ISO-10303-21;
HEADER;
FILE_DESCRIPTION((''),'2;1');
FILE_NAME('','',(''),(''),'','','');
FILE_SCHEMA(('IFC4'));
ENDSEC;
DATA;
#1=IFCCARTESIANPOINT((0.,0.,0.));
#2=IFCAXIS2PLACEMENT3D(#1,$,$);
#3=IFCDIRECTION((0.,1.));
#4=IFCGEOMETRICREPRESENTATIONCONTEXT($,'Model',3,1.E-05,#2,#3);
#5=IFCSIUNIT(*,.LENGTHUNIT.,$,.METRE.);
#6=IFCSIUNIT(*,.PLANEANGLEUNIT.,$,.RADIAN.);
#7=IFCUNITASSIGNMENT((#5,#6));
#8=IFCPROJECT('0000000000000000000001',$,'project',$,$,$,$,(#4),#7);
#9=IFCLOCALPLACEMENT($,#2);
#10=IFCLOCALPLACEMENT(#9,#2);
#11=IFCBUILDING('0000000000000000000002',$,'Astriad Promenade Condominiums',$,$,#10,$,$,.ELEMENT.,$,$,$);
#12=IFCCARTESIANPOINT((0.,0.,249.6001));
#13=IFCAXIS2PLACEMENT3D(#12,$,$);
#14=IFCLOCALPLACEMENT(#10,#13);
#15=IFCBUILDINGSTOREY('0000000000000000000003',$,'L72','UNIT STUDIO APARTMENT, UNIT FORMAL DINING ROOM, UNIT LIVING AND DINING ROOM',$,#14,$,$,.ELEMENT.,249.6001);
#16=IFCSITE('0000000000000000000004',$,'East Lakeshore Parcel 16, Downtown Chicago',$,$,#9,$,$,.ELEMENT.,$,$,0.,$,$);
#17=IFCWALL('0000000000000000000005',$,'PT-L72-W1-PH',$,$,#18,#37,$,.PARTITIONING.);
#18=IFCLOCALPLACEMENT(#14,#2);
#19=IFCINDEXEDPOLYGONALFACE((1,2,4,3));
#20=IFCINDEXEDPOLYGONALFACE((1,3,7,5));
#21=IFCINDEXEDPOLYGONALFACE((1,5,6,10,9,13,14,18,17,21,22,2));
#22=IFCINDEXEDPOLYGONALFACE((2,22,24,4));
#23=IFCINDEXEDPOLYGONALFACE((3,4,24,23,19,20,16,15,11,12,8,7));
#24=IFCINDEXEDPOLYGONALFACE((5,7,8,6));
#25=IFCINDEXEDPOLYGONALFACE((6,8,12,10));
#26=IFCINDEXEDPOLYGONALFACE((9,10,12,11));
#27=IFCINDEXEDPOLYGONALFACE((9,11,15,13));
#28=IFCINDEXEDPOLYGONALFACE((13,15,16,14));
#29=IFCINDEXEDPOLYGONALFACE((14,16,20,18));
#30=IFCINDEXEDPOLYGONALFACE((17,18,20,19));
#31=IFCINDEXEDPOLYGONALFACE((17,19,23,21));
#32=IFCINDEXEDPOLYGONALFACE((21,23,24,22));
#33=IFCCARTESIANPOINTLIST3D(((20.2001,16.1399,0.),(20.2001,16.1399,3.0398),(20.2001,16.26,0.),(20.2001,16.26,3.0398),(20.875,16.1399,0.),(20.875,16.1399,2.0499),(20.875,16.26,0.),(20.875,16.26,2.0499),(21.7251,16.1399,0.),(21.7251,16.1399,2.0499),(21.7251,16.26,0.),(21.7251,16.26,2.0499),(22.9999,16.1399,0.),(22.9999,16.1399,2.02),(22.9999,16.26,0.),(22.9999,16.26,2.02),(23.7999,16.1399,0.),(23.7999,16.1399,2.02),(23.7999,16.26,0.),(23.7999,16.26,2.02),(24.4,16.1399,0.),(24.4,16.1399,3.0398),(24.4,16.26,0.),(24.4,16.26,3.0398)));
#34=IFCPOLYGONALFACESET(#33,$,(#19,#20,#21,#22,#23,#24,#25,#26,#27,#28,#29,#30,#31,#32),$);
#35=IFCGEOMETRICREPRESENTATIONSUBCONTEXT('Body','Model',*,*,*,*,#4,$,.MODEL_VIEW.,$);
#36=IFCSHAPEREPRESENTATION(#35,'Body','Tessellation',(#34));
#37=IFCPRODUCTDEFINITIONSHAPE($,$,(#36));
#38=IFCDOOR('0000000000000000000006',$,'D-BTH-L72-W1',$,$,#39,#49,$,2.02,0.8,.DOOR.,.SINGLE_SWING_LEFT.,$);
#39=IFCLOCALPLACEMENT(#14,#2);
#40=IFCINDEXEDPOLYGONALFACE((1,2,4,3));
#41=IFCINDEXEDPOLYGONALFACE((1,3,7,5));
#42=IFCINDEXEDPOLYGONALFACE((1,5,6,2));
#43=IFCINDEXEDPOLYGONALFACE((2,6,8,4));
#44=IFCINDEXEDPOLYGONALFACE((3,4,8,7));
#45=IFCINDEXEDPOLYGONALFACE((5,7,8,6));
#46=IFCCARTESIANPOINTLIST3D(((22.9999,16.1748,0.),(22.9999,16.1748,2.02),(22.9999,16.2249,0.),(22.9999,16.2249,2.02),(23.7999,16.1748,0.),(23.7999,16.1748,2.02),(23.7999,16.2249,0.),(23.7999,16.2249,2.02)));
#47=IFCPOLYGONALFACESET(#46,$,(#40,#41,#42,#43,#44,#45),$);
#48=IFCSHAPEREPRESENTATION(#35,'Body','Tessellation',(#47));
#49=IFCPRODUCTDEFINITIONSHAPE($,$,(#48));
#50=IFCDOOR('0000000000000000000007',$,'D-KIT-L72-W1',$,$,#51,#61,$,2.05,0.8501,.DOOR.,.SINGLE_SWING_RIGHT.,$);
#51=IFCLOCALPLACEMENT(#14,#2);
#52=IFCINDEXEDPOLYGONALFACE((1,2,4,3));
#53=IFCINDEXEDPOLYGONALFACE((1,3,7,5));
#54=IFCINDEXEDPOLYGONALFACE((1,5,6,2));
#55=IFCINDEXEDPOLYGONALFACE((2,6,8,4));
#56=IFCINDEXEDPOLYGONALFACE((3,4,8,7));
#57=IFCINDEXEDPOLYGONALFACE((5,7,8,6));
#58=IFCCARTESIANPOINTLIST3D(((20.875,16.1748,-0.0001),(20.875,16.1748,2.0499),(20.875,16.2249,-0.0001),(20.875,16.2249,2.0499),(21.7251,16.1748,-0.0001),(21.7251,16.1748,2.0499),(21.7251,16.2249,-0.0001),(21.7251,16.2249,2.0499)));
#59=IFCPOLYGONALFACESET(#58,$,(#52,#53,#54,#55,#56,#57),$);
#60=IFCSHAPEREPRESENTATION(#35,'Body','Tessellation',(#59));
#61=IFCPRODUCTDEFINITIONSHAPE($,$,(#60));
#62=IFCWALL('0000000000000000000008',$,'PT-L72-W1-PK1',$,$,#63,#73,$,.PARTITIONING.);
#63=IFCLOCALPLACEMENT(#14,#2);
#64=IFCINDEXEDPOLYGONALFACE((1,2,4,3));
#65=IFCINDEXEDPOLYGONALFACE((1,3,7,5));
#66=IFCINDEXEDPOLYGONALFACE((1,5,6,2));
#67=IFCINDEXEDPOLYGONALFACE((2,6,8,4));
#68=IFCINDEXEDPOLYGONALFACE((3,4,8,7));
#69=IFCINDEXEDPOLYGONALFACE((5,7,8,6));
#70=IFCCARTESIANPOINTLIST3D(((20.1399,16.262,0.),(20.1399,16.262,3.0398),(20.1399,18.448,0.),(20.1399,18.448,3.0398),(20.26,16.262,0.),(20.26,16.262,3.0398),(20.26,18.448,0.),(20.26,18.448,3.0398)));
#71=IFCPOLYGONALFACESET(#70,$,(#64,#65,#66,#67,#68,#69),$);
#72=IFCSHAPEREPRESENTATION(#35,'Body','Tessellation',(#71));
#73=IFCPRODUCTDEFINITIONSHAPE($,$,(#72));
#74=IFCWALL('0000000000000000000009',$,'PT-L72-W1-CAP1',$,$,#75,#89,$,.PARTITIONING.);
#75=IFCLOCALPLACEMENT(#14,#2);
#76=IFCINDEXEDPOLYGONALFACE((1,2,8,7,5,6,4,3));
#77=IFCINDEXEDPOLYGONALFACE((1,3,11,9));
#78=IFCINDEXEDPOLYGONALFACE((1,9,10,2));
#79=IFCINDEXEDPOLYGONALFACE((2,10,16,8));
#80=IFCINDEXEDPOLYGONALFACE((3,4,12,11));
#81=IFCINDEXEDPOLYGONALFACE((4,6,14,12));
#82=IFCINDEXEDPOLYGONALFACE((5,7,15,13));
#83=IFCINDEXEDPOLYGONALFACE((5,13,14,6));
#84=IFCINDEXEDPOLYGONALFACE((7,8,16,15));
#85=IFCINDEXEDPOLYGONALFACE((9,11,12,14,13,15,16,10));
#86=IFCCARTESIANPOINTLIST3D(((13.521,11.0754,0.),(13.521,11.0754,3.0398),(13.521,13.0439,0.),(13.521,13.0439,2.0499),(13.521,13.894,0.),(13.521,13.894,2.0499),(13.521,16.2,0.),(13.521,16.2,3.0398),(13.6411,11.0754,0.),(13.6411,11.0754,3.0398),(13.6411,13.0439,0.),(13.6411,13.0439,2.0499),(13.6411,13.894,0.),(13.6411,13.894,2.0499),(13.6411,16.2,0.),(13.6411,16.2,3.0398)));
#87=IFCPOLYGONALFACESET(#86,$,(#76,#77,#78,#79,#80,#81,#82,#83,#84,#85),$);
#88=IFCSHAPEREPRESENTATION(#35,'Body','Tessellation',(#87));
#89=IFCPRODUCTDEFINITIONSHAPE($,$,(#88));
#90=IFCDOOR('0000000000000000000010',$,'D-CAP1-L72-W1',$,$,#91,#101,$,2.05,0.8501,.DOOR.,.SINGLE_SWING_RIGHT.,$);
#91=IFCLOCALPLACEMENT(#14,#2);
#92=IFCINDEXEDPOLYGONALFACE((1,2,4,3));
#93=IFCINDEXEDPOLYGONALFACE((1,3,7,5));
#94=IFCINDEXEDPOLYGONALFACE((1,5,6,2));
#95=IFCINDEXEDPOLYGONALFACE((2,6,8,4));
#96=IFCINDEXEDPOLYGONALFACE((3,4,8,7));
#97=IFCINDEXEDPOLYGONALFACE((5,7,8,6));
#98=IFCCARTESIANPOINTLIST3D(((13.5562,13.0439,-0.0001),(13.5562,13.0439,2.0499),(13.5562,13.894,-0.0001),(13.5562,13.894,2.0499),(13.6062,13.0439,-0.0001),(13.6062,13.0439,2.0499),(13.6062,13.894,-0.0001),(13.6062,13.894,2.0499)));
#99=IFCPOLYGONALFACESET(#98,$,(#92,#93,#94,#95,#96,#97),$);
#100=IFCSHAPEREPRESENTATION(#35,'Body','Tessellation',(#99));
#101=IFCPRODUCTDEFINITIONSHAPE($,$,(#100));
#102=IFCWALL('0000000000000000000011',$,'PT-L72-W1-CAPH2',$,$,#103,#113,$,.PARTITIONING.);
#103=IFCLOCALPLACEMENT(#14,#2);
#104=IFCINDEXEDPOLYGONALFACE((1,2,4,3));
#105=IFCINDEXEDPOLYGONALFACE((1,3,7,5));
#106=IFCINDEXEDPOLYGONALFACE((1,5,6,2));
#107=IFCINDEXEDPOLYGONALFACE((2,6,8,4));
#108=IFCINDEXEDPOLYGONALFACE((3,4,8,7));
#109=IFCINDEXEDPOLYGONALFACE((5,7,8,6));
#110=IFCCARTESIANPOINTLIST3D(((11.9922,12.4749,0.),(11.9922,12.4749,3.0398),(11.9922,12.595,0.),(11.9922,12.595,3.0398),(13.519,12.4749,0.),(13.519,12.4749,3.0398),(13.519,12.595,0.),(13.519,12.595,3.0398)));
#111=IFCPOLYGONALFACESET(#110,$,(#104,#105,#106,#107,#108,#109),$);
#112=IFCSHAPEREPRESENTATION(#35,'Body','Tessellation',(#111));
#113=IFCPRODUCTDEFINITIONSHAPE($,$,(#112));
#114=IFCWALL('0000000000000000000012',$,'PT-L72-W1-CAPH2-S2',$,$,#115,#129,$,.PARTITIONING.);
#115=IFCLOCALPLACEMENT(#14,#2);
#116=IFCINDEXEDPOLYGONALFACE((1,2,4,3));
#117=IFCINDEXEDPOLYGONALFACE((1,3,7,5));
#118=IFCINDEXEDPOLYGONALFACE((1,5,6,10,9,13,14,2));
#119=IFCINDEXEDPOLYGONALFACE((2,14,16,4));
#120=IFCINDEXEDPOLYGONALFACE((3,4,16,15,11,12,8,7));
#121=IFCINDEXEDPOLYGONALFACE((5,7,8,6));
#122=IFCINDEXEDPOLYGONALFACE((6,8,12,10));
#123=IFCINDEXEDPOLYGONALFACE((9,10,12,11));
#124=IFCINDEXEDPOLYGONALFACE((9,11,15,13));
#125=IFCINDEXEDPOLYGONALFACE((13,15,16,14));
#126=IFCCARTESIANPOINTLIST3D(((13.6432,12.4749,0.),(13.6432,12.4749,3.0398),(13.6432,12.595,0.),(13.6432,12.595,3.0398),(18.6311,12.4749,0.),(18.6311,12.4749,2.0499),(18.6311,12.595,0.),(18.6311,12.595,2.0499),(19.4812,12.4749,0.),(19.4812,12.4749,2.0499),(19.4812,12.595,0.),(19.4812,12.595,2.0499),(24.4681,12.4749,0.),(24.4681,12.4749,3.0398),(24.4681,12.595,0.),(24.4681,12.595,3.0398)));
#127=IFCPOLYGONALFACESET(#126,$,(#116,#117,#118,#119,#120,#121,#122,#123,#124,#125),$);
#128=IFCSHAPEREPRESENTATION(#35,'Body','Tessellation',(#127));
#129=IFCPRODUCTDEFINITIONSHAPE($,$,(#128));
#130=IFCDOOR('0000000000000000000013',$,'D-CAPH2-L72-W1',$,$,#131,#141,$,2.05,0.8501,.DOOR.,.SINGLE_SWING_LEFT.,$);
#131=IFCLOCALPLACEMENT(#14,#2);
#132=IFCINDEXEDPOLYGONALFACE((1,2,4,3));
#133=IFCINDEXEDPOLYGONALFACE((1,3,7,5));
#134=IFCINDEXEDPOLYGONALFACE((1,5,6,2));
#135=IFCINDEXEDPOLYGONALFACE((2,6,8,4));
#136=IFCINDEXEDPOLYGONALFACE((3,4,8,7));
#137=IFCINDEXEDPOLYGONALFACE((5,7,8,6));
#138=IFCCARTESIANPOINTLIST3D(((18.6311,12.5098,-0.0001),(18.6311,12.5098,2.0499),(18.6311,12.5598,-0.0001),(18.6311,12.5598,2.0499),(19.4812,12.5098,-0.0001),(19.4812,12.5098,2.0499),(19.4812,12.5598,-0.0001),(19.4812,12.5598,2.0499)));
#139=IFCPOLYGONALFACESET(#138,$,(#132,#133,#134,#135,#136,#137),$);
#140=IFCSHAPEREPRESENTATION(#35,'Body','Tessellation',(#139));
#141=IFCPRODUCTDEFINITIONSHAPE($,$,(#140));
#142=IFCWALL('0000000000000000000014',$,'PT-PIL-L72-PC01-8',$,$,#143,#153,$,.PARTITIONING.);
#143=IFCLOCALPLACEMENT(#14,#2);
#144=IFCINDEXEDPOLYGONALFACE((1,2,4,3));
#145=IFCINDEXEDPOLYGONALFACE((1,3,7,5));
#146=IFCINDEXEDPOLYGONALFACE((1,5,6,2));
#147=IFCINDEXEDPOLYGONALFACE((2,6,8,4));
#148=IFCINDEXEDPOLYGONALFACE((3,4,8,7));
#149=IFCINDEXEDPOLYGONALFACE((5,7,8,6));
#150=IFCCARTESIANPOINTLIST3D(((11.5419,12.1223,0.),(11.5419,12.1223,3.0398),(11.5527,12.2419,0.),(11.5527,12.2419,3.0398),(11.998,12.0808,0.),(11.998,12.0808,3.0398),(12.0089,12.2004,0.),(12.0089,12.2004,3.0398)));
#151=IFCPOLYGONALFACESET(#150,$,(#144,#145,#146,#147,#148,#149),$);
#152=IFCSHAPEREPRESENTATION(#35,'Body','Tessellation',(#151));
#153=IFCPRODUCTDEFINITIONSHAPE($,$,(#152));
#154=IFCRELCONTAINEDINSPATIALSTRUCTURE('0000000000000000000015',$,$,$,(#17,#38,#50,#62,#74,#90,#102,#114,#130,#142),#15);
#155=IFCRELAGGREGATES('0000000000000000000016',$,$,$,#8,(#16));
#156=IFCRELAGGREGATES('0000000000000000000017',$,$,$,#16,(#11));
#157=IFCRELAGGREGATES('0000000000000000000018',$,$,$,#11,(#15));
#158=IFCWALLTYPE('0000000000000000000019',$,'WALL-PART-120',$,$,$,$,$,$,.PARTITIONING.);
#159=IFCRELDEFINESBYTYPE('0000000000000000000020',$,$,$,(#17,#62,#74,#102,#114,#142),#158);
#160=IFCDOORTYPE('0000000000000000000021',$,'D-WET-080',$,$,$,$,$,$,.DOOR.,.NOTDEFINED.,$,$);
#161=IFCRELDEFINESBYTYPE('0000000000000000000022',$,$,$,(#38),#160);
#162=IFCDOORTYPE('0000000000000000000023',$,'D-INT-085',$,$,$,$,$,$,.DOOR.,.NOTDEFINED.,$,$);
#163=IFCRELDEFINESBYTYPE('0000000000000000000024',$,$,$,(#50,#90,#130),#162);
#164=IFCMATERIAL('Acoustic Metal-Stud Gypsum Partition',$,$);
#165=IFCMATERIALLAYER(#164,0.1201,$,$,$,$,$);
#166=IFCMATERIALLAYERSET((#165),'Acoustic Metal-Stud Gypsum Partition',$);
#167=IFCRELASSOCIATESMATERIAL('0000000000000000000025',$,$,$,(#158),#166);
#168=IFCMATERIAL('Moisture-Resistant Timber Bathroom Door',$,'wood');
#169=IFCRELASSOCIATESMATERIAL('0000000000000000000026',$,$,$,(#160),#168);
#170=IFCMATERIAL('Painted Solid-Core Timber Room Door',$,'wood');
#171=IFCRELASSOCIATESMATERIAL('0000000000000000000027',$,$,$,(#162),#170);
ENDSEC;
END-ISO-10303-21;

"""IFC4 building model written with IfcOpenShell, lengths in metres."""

from ifc_helpers import new_model, si_unit, direction, frame, frame_2d, origin, place, context, subcontext, project, spatial, rectangle, extrude, source, transform, mapped, material, layer, layer_set, type_object, type_shapes, element, fill, save


model = new_model("IFC4")

# Units and contexts
model_context = context("Model", 3, precision=1e-05, world=origin(), true_north=direction((0.0, 1.0)))
body_context = subcontext(model_context, "Body", "Model", "MODEL_VIEW")
ifc_project = project(units=[si_unit("LENGTHUNIT", "METRE"), si_unit("PLANEANGLEUNIT", "RADIAN")], contexts=[model_context])

# Site, building, storey
site_placement = place(None, origin())
site = spatial("IfcSite", under=ifc_project, at=site_placement, Name="East Lakeshore Parcel 16, Downtown Chicago", CompositionType="ELEMENT", RefElevation=0.0)
building_placement = place(site_placement, origin())
building = spatial("IfcBuilding", under=site, at=building_placement, Name="Astriad Promenade Condominiums", CompositionType="ELEMENT")
storey_placement = place(building_placement, frame((0.0, 0.0, 249.6001)))
storey = spatial("IfcBuildingStorey", under=building, at=storey_placement, Name="L72", Description="UNIT STUDIO APARTMENT, UNIT FORMAL DINING ROOM, UNIT LIVING AND DINING ROOM", CompositionType="ELEMENT", Elevation=249.6001)

# Wall, openings, doors
ifc_material_1 = material(Name="Acoustic Metal-Stud Gypsum Partition")
ifc_layer_1 = layer(ifc_material_1, 0.1201)
ifc_layer_set_1 = layer_set([ifc_layer_1], Name="Acoustic Metal-Stud Gypsum Partition")
wall_type_1 = type_object("IfcWallType", Name="WALL-PART-120", PredefinedType="PARTITIONING", material=ifc_layer_set_1)
wall_1_placement = place(storey_placement, frame((20.2, 16.2, 0.0), z_axis=(0.0, 0.0, 1.0), x_axis=(1.0, 0.0, 0.0)))
wall_1 = element("IfcWall", 1, at=wall_1_placement, inside=storey, type_object=wall_type_1, Name="PT-L72-W1-PH", PredefinedType="PARTITIONING", context=body_context, shape_type="SweptSolid", body=[
    extrude(rectangle(XDim=4.2, YDim=0.1201, at=frame_2d((2.1001, 0.0))), origin(), (0.0, 0.0, 1.0), 3.0398),
])
opening_1_placement = place(wall_1_placement, frame((0.675, 0.0, 0.0)))
opening_1 = element("IfcOpeningElement", 2, at=opening_1_placement, cuts=wall_1, PredefinedType="OPENING", context=body_context, shape_type="SweptSolid", body=[
    extrude(rectangle(XDim=0.8501, YDim=2.05, at=frame_2d((0.425, 1.0249))), frame((0.0, 0.0701, 0.0), z_axis=(0.0, -1.0, 0.0), x_axis=(1.0, 0.0, 0.0)), (0.0, 0.0, 1.0), 0.1401),
])
opening_2_placement = place(wall_1_placement, frame((2.8, 0.0, 0.0)))
opening_2 = element("IfcOpeningElement", 3, at=opening_2_placement, cuts=wall_1, PredefinedType="OPENING", context=body_context, shape_type="SweptSolid", body=[
    extrude(rectangle(XDim=0.8, YDim=2.02, at=frame_2d((0.3999, 1.01))), frame((0.0, 0.0701, 0.0), z_axis=(0.0, -1.0, 0.0), x_axis=(1.0, 0.0, 0.0)), (0.0, 0.0, 1.0), 0.1401),
])
ifc_material_2 = material(Name="Moisture-Resistant Timber Bathroom Door", Category="wood")
door_type_1 = type_object("IfcDoorType", Name="D-WET-080", OperationType="NOTDEFINED", PredefinedType="DOOR", material=ifc_material_2)
shared_shape_1 = source(origin(), body_context, "Body", "SweptSolid", [
    extrude(rectangle(XDim=0.8, YDim=2.02, at=frame_2d((0.3999, 1.01))), frame((0.0, 0.0249, 0.0), z_axis=(0.0, -1.0, 0.0), x_axis=(1.0, 0.0, 0.0)), (0.0, 0.0, 1.0), 0.05),
])
type_shapes(door_type_1, [shared_shape_1])
door_1_placement = place(opening_2_placement, origin())
door_1 = element("IfcDoor", 4, at=door_1_placement, inside=storey, type_object=door_type_1, Name="D-BTH-L72-W1", OperationType="SINGLE_SWING_LEFT", OverallHeight=2.02, OverallWidth=0.8, PredefinedType="DOOR", context=body_context, shape_type="MappedRepresentation", body=[
    mapped(shared_shape_1, transform((0.0, 0.0, 0.0), scale=1.0)),
])
fill(opening_2, door_1)
ifc_material_3 = material(Name="Painted Solid-Core Timber Room Door", Category="wood")
door_type_2 = type_object("IfcDoorType", Name="D-INT-085", OperationType="NOTDEFINED", PredefinedType="DOOR", material=ifc_material_3)
shared_shape_2 = source(origin(), body_context, "Body", "SweptSolid", [
    extrude(rectangle(XDim=0.8501, YDim=2.05, at=frame_2d((0.425, 1.0249))), frame((0.0, 0.0249, 0.0), z_axis=(0.0, -1.0, 0.0), x_axis=(1.0, 0.0, 0.0)), (0.0, 0.0, 1.0), 0.05),
])
type_shapes(door_type_2, [shared_shape_2])
door_2_placement = place(opening_1_placement, origin())
door_2 = element("IfcDoor", 5, at=door_2_placement, inside=storey, type_object=door_type_2, Name="D-KIT-L72-W1", OperationType="SINGLE_SWING_RIGHT", OverallHeight=2.05, OverallWidth=0.8501, PredefinedType="DOOR", context=body_context, shape_type="MappedRepresentation", body=[
    mapped(shared_shape_2, transform((0.0, 0.0, 0.0), scale=1.0)),
])
fill(opening_1, door_2)

# Wall
wall_2_placement = place(storey_placement, frame((20.2, 16.262, 0.0), z_axis=(0.0, 0.0, 1.0), x_axis=(0.0, 1.0, 0.0)))
element("IfcWall", 6, at=wall_2_placement, inside=storey, type_object=wall_type_1, Name="PT-L72-W1-PK1", PredefinedType="PARTITIONING", context=body_context, shape_type="SweptSolid", body=[
    extrude(rectangle(XDim=2.186, YDim=0.1201, at=frame_2d((1.093, 0.0))), origin(), (0.0, 0.0, 1.0), 3.0398),
])

# Wall, opening, door
wall_3_placement = place(storey_placement, frame((13.5811, 11.0754, 0.0), z_axis=(0.0, 0.0, 1.0), x_axis=(0.0, 1.0, 0.0)))
wall_3 = element("IfcWall", 7, at=wall_3_placement, inside=storey, type_object=wall_type_1, Name="PT-L72-W1-CAP1", PredefinedType="PARTITIONING", context=body_context, shape_type="SweptSolid", body=[
    extrude(rectangle(XDim=5.1245, YDim=0.1201, at=frame_2d((2.5623, 0.0))), origin(), (0.0, 0.0, 1.0), 3.0398),
])
opening_3_placement = place(wall_3_placement, frame((1.9685, 0.0, 0.0)))
opening_3 = element("IfcOpeningElement", 8, at=opening_3_placement, cuts=wall_3, PredefinedType="OPENING", context=body_context, shape_type="SweptSolid", body=[
    extrude(rectangle(XDim=0.8501, YDim=2.05, at=frame_2d((0.425, 1.0249))), frame((0.0, 0.0701, 0.0), z_axis=(0.0, -1.0, 0.0), x_axis=(1.0, 0.0, 0.0)), (0.0, 0.0, 1.0), 0.1401),
])
door_3_placement = place(opening_3_placement, origin())
door_3 = element("IfcDoor", 9, at=door_3_placement, inside=storey, type_object=door_type_2, Name="D-CAP1-L72-W1", OperationType="SINGLE_SWING_RIGHT", OverallHeight=2.05, OverallWidth=0.8501, PredefinedType="DOOR", context=body_context, shape_type="MappedRepresentation", body=[
    mapped(shared_shape_2, transform((0.0, 0.0, 0.0), scale=1.0)),
])
fill(opening_3, door_3)

# Wall
wall_4_placement = place(storey_placement, frame((11.9922, 12.5349, 0.0), z_axis=(0.0, 0.0, 1.0), x_axis=(1.0, 0.0, 0.0)))
element("IfcWall", 10, at=wall_4_placement, inside=storey, type_object=wall_type_1, Name="PT-L72-W1-CAPH2", PredefinedType="PARTITIONING", context=body_context, shape_type="SweptSolid", body=[
    extrude(rectangle(XDim=1.5269, YDim=0.1201, at=frame_2d((0.7634, 0.0))), origin(), (0.0, 0.0, 1.0), 3.0398),
])

# Wall, opening, door
wall_5_placement = place(storey_placement, frame((13.6431, 12.5349, 0.0), z_axis=(0.0, 0.0, 1.0), x_axis=(1.0, 0.0, 0.0)))
wall_5 = element("IfcWall", 11, at=wall_5_placement, inside=storey, type_object=wall_type_1, Name="PT-L72-W1-CAPH2-S2", PredefinedType="PARTITIONING", context=body_context, shape_type="SweptSolid", body=[
    extrude(rectangle(XDim=10.825, YDim=0.1201, at=frame_2d((5.4126, 0.0))), origin(), (0.0, 0.0, 1.0), 3.0398),
])
opening_4_placement = place(wall_5_placement, frame((4.988, 0.0, 0.0)))
opening_4 = element("IfcOpeningElement", 12, at=opening_4_placement, cuts=wall_5, PredefinedType="OPENING", context=body_context, shape_type="SweptSolid", body=[
    extrude(rectangle(XDim=0.8501, YDim=2.05, at=frame_2d((0.425, 1.0249))), frame((0.0, 0.0701, 0.0), z_axis=(0.0, -1.0, 0.0), x_axis=(1.0, 0.0, 0.0)), (0.0, 0.0, 1.0), 0.1401),
])
door_4_placement = place(opening_4_placement, origin())
door_4 = element("IfcDoor", 13, at=door_4_placement, inside=storey, type_object=door_type_2, Name="D-CAPH2-L72-W1", OperationType="SINGLE_SWING_LEFT", OverallHeight=2.05, OverallWidth=0.8501, PredefinedType="DOOR", context=body_context, shape_type="MappedRepresentation", body=[
    mapped(shared_shape_2, transform((0.0, 0.0, 0.0), scale=1.0)),
])
fill(opening_4, door_4)

# Wall
wall_6_placement = place(storey_placement, frame((12.0034, 12.1406, 0.0), z_axis=(0.0, 0.0, 1.0), x_axis=(-0.995884, 0.090632, 0.0)))
element("IfcWall", 14, at=wall_6_placement, inside=storey, type_object=wall_type_1, Name="PT-PIL-L72-PC01-8", PredefinedType="PARTITIONING", context=body_context, shape_type="SweptSolid", body=[
    extrude(rectangle(XDim=0.458, YDim=0.1201, at=frame_2d((0.229, 0.0))), origin(), (0.0, 0.0, 1.0), 3.0398),
])

save(model, "model.ifc")
